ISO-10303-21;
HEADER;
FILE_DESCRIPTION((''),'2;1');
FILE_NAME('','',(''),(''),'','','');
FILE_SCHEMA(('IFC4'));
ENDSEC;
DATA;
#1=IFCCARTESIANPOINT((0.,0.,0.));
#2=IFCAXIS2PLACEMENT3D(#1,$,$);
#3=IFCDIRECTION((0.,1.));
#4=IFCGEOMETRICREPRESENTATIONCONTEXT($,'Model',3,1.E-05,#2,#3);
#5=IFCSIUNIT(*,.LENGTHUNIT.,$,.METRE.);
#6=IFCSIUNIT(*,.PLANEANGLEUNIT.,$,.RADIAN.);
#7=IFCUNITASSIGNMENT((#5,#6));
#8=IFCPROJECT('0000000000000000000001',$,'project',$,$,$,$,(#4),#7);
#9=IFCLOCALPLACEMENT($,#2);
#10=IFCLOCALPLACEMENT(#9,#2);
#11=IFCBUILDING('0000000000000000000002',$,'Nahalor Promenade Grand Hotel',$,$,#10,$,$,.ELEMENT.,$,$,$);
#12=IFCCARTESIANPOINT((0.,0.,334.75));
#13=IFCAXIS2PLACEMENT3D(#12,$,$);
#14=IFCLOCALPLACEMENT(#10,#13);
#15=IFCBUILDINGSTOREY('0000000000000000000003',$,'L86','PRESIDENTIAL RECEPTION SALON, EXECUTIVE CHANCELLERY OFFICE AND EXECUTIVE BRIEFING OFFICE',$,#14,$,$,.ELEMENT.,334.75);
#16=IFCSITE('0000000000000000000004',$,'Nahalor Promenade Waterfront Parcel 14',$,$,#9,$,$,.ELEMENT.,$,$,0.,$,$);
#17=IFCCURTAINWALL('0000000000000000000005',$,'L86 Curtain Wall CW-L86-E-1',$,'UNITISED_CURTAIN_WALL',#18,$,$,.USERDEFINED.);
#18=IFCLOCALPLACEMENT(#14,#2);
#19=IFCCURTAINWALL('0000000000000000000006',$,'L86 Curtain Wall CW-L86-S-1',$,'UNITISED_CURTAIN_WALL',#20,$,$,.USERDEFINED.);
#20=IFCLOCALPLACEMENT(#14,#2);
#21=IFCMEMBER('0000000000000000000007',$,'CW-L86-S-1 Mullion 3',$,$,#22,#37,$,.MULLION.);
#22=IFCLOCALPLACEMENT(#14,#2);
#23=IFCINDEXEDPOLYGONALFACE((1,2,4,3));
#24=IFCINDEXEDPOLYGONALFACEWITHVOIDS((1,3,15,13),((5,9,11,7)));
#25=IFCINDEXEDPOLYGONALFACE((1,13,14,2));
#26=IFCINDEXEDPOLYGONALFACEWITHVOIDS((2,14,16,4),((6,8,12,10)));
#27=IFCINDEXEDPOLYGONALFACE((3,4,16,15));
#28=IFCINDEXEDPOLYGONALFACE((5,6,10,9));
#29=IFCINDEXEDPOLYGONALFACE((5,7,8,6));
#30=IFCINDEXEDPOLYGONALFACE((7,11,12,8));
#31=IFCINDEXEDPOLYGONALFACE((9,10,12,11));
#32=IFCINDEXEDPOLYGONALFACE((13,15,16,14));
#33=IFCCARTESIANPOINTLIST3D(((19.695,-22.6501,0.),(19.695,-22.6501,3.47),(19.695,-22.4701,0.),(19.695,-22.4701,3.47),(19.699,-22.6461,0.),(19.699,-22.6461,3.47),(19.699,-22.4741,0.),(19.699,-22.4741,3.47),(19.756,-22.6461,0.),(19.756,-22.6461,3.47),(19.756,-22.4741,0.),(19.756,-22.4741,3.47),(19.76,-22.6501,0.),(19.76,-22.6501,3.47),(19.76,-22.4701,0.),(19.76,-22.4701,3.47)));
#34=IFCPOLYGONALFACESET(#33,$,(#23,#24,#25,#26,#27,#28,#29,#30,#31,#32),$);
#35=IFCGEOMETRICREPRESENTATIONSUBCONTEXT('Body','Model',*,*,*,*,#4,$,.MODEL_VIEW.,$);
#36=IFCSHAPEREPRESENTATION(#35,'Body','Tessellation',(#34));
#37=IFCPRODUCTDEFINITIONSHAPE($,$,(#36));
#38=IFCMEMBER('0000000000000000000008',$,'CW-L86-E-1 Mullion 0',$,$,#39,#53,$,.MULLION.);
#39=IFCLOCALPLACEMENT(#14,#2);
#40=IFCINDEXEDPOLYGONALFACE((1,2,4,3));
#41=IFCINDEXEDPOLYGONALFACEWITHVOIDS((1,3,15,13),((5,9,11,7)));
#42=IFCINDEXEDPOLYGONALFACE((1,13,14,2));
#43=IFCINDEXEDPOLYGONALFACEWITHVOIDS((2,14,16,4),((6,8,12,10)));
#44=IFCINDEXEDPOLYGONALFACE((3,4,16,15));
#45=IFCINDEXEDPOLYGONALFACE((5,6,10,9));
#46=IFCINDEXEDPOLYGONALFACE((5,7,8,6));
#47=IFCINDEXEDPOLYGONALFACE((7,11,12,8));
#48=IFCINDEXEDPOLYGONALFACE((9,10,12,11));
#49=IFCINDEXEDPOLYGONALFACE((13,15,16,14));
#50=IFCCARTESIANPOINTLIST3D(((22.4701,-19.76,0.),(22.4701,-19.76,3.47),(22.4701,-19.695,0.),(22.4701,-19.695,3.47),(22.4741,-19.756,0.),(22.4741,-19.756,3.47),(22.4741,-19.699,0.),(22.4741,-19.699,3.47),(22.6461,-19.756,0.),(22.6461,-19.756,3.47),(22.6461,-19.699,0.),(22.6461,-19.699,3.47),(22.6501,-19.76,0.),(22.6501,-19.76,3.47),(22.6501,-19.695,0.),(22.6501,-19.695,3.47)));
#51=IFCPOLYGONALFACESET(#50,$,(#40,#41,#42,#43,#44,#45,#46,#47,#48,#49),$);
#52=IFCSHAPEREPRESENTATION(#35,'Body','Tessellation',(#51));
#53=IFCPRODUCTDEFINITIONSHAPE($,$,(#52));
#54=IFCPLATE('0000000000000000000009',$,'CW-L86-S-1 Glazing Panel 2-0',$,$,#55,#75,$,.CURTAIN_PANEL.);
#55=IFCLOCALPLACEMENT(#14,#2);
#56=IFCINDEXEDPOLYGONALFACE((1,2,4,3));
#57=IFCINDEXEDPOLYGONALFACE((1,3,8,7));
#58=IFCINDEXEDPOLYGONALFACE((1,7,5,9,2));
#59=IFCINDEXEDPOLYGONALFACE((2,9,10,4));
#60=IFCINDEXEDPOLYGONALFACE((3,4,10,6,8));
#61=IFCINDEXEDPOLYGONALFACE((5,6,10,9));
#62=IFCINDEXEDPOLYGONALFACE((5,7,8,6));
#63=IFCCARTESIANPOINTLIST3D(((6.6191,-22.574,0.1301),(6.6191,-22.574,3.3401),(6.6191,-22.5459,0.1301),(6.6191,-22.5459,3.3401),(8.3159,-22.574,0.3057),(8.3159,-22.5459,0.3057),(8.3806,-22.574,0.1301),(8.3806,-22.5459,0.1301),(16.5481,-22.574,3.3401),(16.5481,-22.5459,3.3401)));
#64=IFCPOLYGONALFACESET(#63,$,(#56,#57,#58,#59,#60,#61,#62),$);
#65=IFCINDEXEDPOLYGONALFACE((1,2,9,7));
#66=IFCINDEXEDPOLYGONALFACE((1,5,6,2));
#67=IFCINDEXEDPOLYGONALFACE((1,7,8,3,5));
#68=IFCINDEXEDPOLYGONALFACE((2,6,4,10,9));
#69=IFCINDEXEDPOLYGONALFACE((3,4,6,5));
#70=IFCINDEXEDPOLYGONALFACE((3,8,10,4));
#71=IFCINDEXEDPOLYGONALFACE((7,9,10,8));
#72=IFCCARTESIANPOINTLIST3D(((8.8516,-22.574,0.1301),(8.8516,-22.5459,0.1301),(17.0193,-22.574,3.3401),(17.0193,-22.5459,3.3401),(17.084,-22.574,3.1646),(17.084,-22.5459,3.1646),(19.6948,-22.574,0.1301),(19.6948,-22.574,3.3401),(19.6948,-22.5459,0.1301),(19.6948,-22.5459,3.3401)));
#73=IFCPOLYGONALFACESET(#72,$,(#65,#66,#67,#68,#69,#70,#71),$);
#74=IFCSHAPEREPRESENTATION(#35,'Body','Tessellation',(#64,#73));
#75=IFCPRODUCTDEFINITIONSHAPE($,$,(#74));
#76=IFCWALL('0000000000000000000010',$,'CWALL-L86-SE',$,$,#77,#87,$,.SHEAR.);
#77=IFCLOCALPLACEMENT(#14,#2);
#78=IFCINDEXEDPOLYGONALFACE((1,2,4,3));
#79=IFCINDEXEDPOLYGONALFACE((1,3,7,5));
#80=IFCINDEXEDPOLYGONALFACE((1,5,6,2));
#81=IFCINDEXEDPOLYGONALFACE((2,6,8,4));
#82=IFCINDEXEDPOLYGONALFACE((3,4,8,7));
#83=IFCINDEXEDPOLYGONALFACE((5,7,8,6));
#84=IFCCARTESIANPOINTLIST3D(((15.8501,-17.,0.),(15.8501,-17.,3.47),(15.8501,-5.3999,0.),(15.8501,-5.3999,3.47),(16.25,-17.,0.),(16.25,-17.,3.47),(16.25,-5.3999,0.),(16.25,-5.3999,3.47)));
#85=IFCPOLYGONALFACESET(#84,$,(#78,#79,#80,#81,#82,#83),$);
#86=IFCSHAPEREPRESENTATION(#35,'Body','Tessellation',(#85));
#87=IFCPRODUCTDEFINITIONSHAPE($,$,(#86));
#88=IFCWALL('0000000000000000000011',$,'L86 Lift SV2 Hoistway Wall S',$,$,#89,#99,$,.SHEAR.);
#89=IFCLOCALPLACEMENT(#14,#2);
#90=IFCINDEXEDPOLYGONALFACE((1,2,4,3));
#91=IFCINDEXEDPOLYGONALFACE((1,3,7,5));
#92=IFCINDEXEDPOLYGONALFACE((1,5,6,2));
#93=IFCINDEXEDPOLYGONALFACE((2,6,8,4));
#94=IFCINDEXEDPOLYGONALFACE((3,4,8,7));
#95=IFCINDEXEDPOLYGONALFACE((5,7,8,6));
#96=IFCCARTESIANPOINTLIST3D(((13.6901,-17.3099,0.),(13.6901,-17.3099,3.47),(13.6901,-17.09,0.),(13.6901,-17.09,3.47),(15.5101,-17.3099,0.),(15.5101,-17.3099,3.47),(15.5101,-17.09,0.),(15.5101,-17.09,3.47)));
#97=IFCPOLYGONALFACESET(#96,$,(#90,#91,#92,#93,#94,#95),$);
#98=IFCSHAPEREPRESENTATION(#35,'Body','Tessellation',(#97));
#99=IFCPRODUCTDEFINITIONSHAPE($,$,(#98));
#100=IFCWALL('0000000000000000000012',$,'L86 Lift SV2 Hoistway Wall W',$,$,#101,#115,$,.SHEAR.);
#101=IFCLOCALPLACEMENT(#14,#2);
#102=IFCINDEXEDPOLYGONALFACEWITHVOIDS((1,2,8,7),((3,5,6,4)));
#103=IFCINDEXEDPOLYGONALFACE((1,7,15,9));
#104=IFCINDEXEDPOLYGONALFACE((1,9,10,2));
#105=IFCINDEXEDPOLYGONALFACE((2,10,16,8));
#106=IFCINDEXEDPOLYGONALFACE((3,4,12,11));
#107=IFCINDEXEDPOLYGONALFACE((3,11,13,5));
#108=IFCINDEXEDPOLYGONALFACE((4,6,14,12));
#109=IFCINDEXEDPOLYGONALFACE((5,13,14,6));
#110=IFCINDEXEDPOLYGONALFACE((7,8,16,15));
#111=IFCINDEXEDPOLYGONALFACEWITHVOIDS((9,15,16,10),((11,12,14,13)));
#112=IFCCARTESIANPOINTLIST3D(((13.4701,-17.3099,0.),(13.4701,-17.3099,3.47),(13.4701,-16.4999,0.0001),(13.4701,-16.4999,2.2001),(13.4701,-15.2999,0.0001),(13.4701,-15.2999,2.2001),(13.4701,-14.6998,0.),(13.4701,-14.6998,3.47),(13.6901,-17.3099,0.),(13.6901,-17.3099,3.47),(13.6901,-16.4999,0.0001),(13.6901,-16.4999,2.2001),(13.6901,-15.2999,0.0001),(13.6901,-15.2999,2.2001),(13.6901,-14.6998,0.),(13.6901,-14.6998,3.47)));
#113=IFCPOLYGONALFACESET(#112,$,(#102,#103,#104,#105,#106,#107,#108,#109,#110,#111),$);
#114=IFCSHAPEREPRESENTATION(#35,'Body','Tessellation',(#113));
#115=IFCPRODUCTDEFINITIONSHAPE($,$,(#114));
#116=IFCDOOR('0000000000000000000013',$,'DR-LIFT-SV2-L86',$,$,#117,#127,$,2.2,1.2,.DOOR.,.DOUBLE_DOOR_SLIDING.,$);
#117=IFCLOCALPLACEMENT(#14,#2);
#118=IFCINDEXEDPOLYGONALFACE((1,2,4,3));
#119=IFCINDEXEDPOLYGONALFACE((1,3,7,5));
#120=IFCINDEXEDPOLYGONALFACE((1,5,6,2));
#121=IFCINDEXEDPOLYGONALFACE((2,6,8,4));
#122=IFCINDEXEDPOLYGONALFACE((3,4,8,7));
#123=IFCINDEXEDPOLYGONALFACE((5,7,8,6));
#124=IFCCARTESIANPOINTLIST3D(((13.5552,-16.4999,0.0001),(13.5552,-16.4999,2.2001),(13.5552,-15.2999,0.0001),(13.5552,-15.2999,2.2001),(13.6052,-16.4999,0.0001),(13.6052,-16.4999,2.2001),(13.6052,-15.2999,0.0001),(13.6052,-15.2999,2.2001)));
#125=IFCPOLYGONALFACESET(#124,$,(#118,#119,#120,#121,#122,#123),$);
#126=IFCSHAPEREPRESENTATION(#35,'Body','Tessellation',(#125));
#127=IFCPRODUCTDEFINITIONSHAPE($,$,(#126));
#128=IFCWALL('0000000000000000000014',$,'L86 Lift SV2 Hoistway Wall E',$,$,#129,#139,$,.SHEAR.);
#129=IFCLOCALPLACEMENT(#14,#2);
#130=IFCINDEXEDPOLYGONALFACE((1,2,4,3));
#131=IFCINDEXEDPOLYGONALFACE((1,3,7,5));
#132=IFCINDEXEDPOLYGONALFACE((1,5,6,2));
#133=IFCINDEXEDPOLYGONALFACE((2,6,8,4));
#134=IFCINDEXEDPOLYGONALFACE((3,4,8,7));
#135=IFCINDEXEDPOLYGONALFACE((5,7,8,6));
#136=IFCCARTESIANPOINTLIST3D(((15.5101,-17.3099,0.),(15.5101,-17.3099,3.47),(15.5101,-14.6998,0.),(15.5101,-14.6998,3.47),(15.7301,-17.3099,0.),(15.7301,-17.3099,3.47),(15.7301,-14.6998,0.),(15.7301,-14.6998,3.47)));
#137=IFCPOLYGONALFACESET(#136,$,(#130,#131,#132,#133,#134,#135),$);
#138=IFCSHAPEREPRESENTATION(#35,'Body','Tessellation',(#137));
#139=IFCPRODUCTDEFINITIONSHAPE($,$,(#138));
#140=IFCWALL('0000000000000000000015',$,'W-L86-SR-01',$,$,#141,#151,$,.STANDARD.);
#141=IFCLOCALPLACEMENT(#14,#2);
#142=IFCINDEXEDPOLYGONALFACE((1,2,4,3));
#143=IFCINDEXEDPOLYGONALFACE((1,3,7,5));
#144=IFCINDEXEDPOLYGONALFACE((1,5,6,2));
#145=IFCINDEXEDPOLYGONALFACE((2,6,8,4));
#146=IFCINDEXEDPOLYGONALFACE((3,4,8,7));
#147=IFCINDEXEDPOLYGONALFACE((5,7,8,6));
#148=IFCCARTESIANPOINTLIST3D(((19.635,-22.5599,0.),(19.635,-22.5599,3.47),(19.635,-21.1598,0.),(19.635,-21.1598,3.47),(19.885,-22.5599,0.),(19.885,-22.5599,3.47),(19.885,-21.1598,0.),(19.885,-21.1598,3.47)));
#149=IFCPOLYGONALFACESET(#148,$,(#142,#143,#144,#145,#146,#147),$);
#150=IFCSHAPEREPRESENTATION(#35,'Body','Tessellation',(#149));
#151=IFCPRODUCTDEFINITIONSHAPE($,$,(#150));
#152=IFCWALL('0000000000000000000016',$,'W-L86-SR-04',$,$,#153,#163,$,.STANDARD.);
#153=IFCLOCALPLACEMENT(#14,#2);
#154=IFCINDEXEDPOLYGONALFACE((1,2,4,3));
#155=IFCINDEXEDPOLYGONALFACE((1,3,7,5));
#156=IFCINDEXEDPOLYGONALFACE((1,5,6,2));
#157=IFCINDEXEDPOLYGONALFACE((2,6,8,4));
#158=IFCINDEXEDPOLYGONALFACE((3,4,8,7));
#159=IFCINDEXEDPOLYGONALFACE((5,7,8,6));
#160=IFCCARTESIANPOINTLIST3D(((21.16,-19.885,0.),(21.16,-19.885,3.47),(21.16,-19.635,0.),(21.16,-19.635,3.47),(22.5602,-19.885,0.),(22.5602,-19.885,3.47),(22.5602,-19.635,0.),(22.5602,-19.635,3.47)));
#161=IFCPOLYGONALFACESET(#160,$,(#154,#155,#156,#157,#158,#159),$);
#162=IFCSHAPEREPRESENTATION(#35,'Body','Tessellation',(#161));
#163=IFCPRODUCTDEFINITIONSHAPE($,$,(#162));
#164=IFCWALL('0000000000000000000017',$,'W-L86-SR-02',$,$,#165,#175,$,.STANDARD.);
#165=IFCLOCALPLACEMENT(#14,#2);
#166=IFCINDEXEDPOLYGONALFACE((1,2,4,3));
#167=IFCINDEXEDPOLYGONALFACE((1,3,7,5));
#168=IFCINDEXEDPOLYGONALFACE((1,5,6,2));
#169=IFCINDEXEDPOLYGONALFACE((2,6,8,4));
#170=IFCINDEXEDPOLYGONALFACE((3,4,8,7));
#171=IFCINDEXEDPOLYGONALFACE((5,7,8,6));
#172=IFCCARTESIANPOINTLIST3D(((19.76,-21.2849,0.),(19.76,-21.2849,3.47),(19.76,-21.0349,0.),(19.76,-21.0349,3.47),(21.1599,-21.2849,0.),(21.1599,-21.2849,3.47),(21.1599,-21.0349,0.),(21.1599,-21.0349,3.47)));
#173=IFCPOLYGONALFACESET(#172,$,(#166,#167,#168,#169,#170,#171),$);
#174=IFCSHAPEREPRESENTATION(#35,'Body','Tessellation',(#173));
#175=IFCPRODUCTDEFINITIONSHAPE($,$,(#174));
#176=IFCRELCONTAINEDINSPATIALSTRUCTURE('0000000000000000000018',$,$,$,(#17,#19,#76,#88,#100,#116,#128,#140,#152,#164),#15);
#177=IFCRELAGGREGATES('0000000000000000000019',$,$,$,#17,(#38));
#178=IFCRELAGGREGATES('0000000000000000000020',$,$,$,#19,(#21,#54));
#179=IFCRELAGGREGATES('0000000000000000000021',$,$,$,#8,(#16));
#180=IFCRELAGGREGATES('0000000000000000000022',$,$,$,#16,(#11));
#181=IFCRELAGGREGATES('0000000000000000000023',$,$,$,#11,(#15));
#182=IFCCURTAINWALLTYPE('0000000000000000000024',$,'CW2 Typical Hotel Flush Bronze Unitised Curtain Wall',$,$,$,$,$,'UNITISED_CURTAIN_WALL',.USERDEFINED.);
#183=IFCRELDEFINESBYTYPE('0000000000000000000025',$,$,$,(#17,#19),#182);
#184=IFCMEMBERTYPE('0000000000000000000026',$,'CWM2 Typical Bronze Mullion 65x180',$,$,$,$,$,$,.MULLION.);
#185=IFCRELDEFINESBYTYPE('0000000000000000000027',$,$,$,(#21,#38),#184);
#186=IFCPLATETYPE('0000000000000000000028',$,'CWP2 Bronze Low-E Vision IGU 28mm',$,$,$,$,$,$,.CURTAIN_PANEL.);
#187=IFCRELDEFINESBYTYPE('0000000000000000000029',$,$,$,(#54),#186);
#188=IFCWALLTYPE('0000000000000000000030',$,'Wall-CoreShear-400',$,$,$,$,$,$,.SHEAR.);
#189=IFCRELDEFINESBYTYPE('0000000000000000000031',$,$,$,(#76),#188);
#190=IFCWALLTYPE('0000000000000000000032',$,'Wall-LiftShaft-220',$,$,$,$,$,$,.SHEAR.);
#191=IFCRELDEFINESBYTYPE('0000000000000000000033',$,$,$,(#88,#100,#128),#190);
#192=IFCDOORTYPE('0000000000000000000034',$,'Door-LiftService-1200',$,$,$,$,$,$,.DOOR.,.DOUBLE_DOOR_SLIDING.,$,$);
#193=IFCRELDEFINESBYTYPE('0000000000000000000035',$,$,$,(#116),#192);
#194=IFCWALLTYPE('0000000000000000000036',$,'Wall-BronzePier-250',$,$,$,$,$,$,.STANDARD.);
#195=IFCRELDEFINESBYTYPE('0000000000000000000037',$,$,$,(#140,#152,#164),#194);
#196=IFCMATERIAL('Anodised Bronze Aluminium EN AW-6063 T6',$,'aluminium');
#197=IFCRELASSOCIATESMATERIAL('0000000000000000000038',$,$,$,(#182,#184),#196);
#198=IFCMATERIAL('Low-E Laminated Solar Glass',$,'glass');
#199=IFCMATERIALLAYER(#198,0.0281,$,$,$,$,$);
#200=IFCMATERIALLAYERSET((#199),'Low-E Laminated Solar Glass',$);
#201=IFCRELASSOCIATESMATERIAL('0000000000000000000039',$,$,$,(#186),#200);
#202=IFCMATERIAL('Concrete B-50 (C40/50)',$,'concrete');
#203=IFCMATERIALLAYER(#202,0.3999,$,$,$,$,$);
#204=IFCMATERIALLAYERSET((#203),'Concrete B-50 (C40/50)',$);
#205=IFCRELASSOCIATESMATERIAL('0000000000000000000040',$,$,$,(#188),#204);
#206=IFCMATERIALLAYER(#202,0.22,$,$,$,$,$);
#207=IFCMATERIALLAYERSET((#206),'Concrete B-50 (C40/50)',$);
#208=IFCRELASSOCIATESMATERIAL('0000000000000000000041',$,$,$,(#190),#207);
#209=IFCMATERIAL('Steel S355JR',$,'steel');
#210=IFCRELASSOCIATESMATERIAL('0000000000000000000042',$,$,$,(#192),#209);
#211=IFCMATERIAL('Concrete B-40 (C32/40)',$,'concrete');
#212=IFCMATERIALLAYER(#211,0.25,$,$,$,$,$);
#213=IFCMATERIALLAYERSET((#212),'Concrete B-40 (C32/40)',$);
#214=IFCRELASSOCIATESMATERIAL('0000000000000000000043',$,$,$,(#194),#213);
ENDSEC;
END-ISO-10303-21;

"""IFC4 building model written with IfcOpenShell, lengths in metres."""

from ifc_helpers import new_model, si_unit, direction, frame, frame_2d, origin, origin_2d, place, context, subcontext, project, spatial, polyline, rectangle, hollow_rectangle, outline, extrude, source, transform, mapped, material, layer, layer_set, material_profile, profile_set, type_object, element, fill, aggregate, save


model = new_model("IFC4")

# Units and contexts
model_context = context("Model", 3, precision=1e-05, world=origin(), true_north=direction((0.0, 1.0)))
body_context = subcontext(model_context, "Body", "Model", "MODEL_VIEW")
ifc_project = project(units=[si_unit("LENGTHUNIT", "METRE"), si_unit("PLANEANGLEUNIT", "RADIAN")], contexts=[model_context])

# Site, building, storey
site_placement = place(None, origin())
site = spatial("IfcSite", under=ifc_project, at=site_placement, Name="Nahalor Promenade Waterfront Parcel 14", CompositionType="ELEMENT", RefElevation=0.0)
building_placement = place(site_placement, origin())
building = spatial("IfcBuilding", under=site, at=building_placement, Name="Nahalor Promenade Grand Hotel", CompositionType="ELEMENT")
storey_placement = place(building_placement, frame((0.0, 0.0, 334.75)))
storey = spatial("IfcBuildingStorey", under=building, at=storey_placement, Name="L86", Description="PRESIDENTIAL RECEPTION SALON, EXECUTIVE CHANCELLERY OFFICE AND EXECUTIVE BRIEFING OFFICE", CompositionType="ELEMENT", Elevation=334.75)

# Shared definitions
ifc_material_1 = material(Name="Concrete B-50 (C40/50)", Category="concrete")
ifc_material_2 = material(Name="Steel S355JR", Category="steel")

# Curtain wall
ifc_material_3 = material(Name="Anodised Bronze Aluminium EN AW-6063 T6", Category="aluminium")
curtain_wall_type = type_object("IfcCurtainWallType", Name="CW2 Typical Hotel Flush Bronze Unitised Curtain Wall", ElementType="UNITISED_CURTAIN_WALL", PredefinedType="USERDEFINED", material=ifc_material_3)
curtain_wall_1_placement = place(storey_placement, origin())
curtain_wall_1 = element("IfcCurtainWall", 1, at=curtain_wall_1_placement, inside=storey, type_object=curtain_wall_type, Name="L86 Curtain Wall CW-L86-E-1", ObjectType="UNITISED_CURTAIN_WALL", PredefinedType="USERDEFINED")

# Curtain wall, member
curtain_wall_2_placement = place(storey_placement, origin())
curtain_wall_2 = element("IfcCurtainWall", 2, at=curtain_wall_2_placement, inside=storey, type_object=curtain_wall_type, Name="L86 Curtain Wall CW-L86-S-1", ObjectType="UNITISED_CURTAIN_WALL", PredefinedType="USERDEFINED")
ifc_material_profile_1 = material_profile(ifc_material_3, hollow_rectangle(XDim=0.065, YDim=0.18, WallThickness=0.004, at=origin_2d()), Name="CWM 65x180x4")
ifc_profile_set_1 = profile_set([ifc_material_profile_1], Name="Anodised Bronze Aluminium EN AW-6063 T6")
member_type_1 = type_object("IfcMemberType", Name="CWM2 Typical Bronze Mullion 65x180", PredefinedType="MULLION", material=ifc_profile_set_1)
shared_shape_1 = source(origin(), body_context, "Body", "SweptSolid", [
    extrude(hollow_rectangle(XDim=0.065, YDim=0.18, WallThickness=0.004, at=origin_2d()), origin(), (0.0, 0.0, 1.0), 3.47),
])
member_1_placement = place(storey_placement, frame((19.7275, -22.5601, 0.0), z_axis=(0.0, 0.0, 1.0), x_axis=(1.0, 0.0, 0.0)))
member_1 = element("IfcMember", 3, at=member_1_placement, type_object=member_type_1, Name="CW-L86-S-1 Mullion 3", PredefinedType="MULLION", context=body_context, shape_type="MappedRepresentation", body=[
    mapped(shared_shape_1, transform((0.0, 0.0, 0.0), scale=1.0)),
])

# Member
member_2_placement = place(storey_placement, frame((22.5601, -19.7275, 0.0), z_axis=(0.0, 0.0, 1.0), x_axis=(0.0, 1.0, 0.0)))
member_2 = element("IfcMember", 4, at=member_2_placement, type_object=member_type_1, Name="CW-L86-E-1 Mullion 0", PredefinedType="MULLION", context=body_context, shape_type="MappedRepresentation", body=[
    mapped(shared_shape_1, transform((0.0, 0.0, 0.0), scale=1.0)),
])
aggregate(curtain_wall_1, [member_2])

# Plate
ifc_material_4 = material(Name="Low-E Laminated Solar Glass", Category="glass")
ifc_layer_1 = layer(ifc_material_4, 0.0281)
ifc_layer_set_1 = layer_set([ifc_layer_1], Name="Low-E Laminated Solar Glass")
plate_type = type_object("IfcPlateType", Name="CWP2 Bronze Low-E Vision IGU 28mm", PredefinedType="CURTAIN_PANEL", material=ifc_layer_set_1)
plate_placement = place(storey_placement, frame((13.157, -22.5601, 0.1301), z_axis=(0.0, 0.0, 1.0), x_axis=(1.0, 0.0, 0.0)))
plate = element("IfcPlate", 5, at=plate_placement, type_object=plate_type, Name="CW-L86-S-1 Glazing Panel 2-0", PredefinedType="CURTAIN_PANEL", context=body_context, shape_type="SweptSolid", body=[
    extrude(outline(polyline([(-6.5378, 3.21), (-6.5378, 0.0), (-4.7764, 0.0), (-4.8411, 0.1755), (3.3911, 3.21), (-6.5378, 3.21)])), frame((0.0, 0.0142, 0.0), z_axis=(0.0, -1.0, 0.0), x_axis=(1.0, 0.0, 0.0)), (0.0, 0.0, 1.0), 0.0281),
    extrude(outline(polyline([(6.5378, 0.0), (6.5378, 3.21), (3.8623, 3.21), (3.927, 3.0344), (-4.3054, 0.0), (6.5378, 0.0)])), frame((0.0, 0.0142, 0.0), z_axis=(0.0, -1.0, 0.0), x_axis=(1.0, 0.0, 0.0)), (0.0, 0.0, 1.0), 0.0281),
])
aggregate(curtain_wall_2, [member_1, plate])

# Walls
ifc_layer_2 = layer(ifc_material_1, 0.3999)
ifc_layer_set_2 = layer_set([ifc_layer_2], Name="Concrete B-50 (C40/50)")
wall_type_1 = type_object("IfcWallType", Name="Wall-CoreShear-400", PredefinedType="SHEAR", material=ifc_layer_set_2)
shared_shape_2 = source(origin(), body_context, "Body", "SweptSolid", [
    extrude(rectangle(XDim=11.6001, YDim=0.3999, at=frame_2d((5.8, 0.0))), origin(), (0.0, 0.0, 1.0), 3.47),
])
wall_1_placement = place(storey_placement, frame((16.05, -17.0, 0.0), z_axis=(0.0, 0.0, 1.0), x_axis=(0.0, 1.0, 0.0)))
element("IfcWall", 6, at=wall_1_placement, inside=storey, type_object=wall_type_1, Name="CWALL-L86-SE", PredefinedType="SHEAR", context=body_context, shape_type="MappedRepresentation", body=[
    mapped(shared_shape_2, transform((0.0, 0.0, 0.0), scale=1.0)),
])
ifc_layer_3 = layer(ifc_material_1, 0.22)
ifc_layer_set_3 = layer_set([ifc_layer_3], Name="Concrete B-50 (C40/50)")
wall_type_2 = type_object("IfcWallType", Name="Wall-LiftShaft-220", PredefinedType="SHEAR", material=ifc_layer_set_3)
shared_shape_3 = source(origin(), body_context, "Body", "SweptSolid", [
    extrude(rectangle(XDim=1.8201, YDim=0.22, at=frame_2d((0.9102, 0.0))), origin(), (0.0, 0.0, 1.0), 3.47),
])
wall_2_placement = place(storey_placement, frame((13.6899, -17.2, 0.0), z_axis=(0.0, 0.0, 1.0), x_axis=(1.0, 0.0, 0.0)))
element("IfcWall", 7, at=wall_2_placement, inside=storey, type_object=wall_type_2, Name="L86 Lift SV2 Hoistway Wall S", PredefinedType="SHEAR", context=body_context, shape_type="MappedRepresentation", body=[
    mapped(shared_shape_3, transform((0.0, 0.0, 0.0), scale=1.0)),
])

# Wall, opening, door
shared_shape_4 = source(origin(), body_context, "Body", "SweptSolid", [
    extrude(rectangle(XDim=2.6101, YDim=0.22, at=frame_2d((1.3052, 0.0))), origin(), (0.0, 0.0, 1.0), 3.47),
])
wall_3_placement = place(storey_placement, frame((13.5801, -17.3101, 0.0), z_axis=(0.0, 0.0, 1.0), x_axis=(0.0, 1.0, 0.0)))
wall_3 = element("IfcWall", 8, at=wall_3_placement, inside=storey, type_object=wall_type_2, Name="L86 Lift SV2 Hoistway Wall W", PredefinedType="SHEAR", context=body_context, shape_type="MappedRepresentation", body=[
    mapped(shared_shape_4, transform((0.0, 0.0, 0.0), scale=1.0)),
])
opening_placement = place(wall_3_placement, frame((0.8101, 0.0, 0.0)))
opening = element("IfcOpeningElement", 9, at=opening_placement, cuts=wall_3, PredefinedType="OPENING", context=body_context, shape_type="SweptSolid", body=[
    extrude(rectangle(XDim=1.2, YDim=2.2, at=frame_2d((0.6001, 1.1001))), frame((0.0, 0.1199, 0.0), z_axis=(0.0, -1.0, 0.0), x_axis=(1.0, 0.0, 0.0)), (0.0, 0.0, 1.0), 0.24),
])
door_type = type_object("IfcDoorType", Name="Door-LiftService-1200", OperationType="DOUBLE_DOOR_SLIDING", PredefinedType="DOOR", material=ifc_material_2)
shared_shape_5 = source(origin(), body_context, "Body", "SweptSolid", [
    extrude(rectangle(XDim=1.2, YDim=2.2, at=frame_2d((0.6001, 1.1001))), frame((0.0, 0.0249, 0.0), z_axis=(0.0, -1.0, 0.0), x_axis=(1.0, 0.0, 0.0)), (0.0, 0.0, 1.0), 0.05),
])
door_placement = place(opening_placement, origin())
door = element("IfcDoor", 10, at=door_placement, inside=storey, type_object=door_type, Name="DR-LIFT-SV2-L86", OperationType="DOUBLE_DOOR_SLIDING", OverallHeight=2.2, OverallWidth=1.2, PredefinedType="DOOR", context=body_context, shape_type="MappedRepresentation", body=[
    mapped(shared_shape_5, transform((0.0, 0.0, 0.0), scale=1.0)),
])
fill(opening, door)

# Walls
wall_4_placement = place(storey_placement, frame((15.6201, -17.3101, 0.0), z_axis=(0.0, 0.0, 1.0), x_axis=(0.0, 1.0, 0.0)))
element("IfcWall", 11, at=wall_4_placement, inside=storey, type_object=wall_type_2, Name="L86 Lift SV2 Hoistway Wall E", PredefinedType="SHEAR", context=body_context, shape_type="MappedRepresentation", body=[
    mapped(shared_shape_4, transform((0.0, 0.0, 0.0), scale=1.0)),
])
ifc_material_5 = material(Name="Concrete B-40 (C32/40)", Category="concrete")
ifc_layer_4 = layer(ifc_material_5, 0.25)
ifc_layer_set_4 = layer_set([ifc_layer_4], Name="Concrete B-40 (C32/40)")
wall_type_3 = type_object("IfcWallType", Name="Wall-BronzePier-250", PredefinedType="STANDARD", material=ifc_layer_set_4)
shared_shape_6 = source(origin(), body_context, "Body", "SweptSolid", [
    extrude(rectangle(XDim=1.4001, YDim=0.25, at=frame_2d((0.7002, 0.0))), origin(), (0.0, 0.0, 1.0), 3.47),
])
for number, where, z_axis, x_axis, name in (
    (12, (19.76, -22.5601, 0.0), (0.0, 0.0, 1.0), (0.0, 1.0, 0.0), "W-L86-SR-01"),
    (13, (21.1599, -19.76, 0.0), (0.0, 0.0, 1.0), (1.0, 0.0, 0.0), "W-L86-SR-04"),
):
    element("IfcWall", number, at=place(storey_placement, frame(where, z_axis=z_axis, x_axis=x_axis)), inside=storey, type_object=wall_type_3, Name=name, PredefinedType="STANDARD", context=body_context, shape_type="MappedRepresentation", body=[
        mapped(shared_shape_6, transform((0.0, 0.0, 0.0), scale=1.0)),
    ])
shared_shape_7 = source(origin(), body_context, "Body", "SweptSolid", [
    extrude(rectangle(XDim=1.3999, YDim=0.25, at=frame_2d((0.7, 0.0))), origin(), (0.0, 0.0, 1.0), 3.47),
])
for number, where, z_axis, x_axis, name in (
    (14, (19.76, -21.1599, 0.0), (0.0, 0.0, 1.0), (1.0, 0.0, 0.0), "W-L86-SR-02"),
):
    element("IfcWall", number, at=place(storey_placement, frame(where, z_axis=z_axis, x_axis=x_axis)), inside=storey, type_object=wall_type_3, Name=name, PredefinedType="STANDARD", context=body_context, shape_type="MappedRepresentation", body=[
        mapped(shared_shape_7, transform((0.0, 0.0, 0.0), scale=1.0)),
    ])

save(model, "model.ifc")
